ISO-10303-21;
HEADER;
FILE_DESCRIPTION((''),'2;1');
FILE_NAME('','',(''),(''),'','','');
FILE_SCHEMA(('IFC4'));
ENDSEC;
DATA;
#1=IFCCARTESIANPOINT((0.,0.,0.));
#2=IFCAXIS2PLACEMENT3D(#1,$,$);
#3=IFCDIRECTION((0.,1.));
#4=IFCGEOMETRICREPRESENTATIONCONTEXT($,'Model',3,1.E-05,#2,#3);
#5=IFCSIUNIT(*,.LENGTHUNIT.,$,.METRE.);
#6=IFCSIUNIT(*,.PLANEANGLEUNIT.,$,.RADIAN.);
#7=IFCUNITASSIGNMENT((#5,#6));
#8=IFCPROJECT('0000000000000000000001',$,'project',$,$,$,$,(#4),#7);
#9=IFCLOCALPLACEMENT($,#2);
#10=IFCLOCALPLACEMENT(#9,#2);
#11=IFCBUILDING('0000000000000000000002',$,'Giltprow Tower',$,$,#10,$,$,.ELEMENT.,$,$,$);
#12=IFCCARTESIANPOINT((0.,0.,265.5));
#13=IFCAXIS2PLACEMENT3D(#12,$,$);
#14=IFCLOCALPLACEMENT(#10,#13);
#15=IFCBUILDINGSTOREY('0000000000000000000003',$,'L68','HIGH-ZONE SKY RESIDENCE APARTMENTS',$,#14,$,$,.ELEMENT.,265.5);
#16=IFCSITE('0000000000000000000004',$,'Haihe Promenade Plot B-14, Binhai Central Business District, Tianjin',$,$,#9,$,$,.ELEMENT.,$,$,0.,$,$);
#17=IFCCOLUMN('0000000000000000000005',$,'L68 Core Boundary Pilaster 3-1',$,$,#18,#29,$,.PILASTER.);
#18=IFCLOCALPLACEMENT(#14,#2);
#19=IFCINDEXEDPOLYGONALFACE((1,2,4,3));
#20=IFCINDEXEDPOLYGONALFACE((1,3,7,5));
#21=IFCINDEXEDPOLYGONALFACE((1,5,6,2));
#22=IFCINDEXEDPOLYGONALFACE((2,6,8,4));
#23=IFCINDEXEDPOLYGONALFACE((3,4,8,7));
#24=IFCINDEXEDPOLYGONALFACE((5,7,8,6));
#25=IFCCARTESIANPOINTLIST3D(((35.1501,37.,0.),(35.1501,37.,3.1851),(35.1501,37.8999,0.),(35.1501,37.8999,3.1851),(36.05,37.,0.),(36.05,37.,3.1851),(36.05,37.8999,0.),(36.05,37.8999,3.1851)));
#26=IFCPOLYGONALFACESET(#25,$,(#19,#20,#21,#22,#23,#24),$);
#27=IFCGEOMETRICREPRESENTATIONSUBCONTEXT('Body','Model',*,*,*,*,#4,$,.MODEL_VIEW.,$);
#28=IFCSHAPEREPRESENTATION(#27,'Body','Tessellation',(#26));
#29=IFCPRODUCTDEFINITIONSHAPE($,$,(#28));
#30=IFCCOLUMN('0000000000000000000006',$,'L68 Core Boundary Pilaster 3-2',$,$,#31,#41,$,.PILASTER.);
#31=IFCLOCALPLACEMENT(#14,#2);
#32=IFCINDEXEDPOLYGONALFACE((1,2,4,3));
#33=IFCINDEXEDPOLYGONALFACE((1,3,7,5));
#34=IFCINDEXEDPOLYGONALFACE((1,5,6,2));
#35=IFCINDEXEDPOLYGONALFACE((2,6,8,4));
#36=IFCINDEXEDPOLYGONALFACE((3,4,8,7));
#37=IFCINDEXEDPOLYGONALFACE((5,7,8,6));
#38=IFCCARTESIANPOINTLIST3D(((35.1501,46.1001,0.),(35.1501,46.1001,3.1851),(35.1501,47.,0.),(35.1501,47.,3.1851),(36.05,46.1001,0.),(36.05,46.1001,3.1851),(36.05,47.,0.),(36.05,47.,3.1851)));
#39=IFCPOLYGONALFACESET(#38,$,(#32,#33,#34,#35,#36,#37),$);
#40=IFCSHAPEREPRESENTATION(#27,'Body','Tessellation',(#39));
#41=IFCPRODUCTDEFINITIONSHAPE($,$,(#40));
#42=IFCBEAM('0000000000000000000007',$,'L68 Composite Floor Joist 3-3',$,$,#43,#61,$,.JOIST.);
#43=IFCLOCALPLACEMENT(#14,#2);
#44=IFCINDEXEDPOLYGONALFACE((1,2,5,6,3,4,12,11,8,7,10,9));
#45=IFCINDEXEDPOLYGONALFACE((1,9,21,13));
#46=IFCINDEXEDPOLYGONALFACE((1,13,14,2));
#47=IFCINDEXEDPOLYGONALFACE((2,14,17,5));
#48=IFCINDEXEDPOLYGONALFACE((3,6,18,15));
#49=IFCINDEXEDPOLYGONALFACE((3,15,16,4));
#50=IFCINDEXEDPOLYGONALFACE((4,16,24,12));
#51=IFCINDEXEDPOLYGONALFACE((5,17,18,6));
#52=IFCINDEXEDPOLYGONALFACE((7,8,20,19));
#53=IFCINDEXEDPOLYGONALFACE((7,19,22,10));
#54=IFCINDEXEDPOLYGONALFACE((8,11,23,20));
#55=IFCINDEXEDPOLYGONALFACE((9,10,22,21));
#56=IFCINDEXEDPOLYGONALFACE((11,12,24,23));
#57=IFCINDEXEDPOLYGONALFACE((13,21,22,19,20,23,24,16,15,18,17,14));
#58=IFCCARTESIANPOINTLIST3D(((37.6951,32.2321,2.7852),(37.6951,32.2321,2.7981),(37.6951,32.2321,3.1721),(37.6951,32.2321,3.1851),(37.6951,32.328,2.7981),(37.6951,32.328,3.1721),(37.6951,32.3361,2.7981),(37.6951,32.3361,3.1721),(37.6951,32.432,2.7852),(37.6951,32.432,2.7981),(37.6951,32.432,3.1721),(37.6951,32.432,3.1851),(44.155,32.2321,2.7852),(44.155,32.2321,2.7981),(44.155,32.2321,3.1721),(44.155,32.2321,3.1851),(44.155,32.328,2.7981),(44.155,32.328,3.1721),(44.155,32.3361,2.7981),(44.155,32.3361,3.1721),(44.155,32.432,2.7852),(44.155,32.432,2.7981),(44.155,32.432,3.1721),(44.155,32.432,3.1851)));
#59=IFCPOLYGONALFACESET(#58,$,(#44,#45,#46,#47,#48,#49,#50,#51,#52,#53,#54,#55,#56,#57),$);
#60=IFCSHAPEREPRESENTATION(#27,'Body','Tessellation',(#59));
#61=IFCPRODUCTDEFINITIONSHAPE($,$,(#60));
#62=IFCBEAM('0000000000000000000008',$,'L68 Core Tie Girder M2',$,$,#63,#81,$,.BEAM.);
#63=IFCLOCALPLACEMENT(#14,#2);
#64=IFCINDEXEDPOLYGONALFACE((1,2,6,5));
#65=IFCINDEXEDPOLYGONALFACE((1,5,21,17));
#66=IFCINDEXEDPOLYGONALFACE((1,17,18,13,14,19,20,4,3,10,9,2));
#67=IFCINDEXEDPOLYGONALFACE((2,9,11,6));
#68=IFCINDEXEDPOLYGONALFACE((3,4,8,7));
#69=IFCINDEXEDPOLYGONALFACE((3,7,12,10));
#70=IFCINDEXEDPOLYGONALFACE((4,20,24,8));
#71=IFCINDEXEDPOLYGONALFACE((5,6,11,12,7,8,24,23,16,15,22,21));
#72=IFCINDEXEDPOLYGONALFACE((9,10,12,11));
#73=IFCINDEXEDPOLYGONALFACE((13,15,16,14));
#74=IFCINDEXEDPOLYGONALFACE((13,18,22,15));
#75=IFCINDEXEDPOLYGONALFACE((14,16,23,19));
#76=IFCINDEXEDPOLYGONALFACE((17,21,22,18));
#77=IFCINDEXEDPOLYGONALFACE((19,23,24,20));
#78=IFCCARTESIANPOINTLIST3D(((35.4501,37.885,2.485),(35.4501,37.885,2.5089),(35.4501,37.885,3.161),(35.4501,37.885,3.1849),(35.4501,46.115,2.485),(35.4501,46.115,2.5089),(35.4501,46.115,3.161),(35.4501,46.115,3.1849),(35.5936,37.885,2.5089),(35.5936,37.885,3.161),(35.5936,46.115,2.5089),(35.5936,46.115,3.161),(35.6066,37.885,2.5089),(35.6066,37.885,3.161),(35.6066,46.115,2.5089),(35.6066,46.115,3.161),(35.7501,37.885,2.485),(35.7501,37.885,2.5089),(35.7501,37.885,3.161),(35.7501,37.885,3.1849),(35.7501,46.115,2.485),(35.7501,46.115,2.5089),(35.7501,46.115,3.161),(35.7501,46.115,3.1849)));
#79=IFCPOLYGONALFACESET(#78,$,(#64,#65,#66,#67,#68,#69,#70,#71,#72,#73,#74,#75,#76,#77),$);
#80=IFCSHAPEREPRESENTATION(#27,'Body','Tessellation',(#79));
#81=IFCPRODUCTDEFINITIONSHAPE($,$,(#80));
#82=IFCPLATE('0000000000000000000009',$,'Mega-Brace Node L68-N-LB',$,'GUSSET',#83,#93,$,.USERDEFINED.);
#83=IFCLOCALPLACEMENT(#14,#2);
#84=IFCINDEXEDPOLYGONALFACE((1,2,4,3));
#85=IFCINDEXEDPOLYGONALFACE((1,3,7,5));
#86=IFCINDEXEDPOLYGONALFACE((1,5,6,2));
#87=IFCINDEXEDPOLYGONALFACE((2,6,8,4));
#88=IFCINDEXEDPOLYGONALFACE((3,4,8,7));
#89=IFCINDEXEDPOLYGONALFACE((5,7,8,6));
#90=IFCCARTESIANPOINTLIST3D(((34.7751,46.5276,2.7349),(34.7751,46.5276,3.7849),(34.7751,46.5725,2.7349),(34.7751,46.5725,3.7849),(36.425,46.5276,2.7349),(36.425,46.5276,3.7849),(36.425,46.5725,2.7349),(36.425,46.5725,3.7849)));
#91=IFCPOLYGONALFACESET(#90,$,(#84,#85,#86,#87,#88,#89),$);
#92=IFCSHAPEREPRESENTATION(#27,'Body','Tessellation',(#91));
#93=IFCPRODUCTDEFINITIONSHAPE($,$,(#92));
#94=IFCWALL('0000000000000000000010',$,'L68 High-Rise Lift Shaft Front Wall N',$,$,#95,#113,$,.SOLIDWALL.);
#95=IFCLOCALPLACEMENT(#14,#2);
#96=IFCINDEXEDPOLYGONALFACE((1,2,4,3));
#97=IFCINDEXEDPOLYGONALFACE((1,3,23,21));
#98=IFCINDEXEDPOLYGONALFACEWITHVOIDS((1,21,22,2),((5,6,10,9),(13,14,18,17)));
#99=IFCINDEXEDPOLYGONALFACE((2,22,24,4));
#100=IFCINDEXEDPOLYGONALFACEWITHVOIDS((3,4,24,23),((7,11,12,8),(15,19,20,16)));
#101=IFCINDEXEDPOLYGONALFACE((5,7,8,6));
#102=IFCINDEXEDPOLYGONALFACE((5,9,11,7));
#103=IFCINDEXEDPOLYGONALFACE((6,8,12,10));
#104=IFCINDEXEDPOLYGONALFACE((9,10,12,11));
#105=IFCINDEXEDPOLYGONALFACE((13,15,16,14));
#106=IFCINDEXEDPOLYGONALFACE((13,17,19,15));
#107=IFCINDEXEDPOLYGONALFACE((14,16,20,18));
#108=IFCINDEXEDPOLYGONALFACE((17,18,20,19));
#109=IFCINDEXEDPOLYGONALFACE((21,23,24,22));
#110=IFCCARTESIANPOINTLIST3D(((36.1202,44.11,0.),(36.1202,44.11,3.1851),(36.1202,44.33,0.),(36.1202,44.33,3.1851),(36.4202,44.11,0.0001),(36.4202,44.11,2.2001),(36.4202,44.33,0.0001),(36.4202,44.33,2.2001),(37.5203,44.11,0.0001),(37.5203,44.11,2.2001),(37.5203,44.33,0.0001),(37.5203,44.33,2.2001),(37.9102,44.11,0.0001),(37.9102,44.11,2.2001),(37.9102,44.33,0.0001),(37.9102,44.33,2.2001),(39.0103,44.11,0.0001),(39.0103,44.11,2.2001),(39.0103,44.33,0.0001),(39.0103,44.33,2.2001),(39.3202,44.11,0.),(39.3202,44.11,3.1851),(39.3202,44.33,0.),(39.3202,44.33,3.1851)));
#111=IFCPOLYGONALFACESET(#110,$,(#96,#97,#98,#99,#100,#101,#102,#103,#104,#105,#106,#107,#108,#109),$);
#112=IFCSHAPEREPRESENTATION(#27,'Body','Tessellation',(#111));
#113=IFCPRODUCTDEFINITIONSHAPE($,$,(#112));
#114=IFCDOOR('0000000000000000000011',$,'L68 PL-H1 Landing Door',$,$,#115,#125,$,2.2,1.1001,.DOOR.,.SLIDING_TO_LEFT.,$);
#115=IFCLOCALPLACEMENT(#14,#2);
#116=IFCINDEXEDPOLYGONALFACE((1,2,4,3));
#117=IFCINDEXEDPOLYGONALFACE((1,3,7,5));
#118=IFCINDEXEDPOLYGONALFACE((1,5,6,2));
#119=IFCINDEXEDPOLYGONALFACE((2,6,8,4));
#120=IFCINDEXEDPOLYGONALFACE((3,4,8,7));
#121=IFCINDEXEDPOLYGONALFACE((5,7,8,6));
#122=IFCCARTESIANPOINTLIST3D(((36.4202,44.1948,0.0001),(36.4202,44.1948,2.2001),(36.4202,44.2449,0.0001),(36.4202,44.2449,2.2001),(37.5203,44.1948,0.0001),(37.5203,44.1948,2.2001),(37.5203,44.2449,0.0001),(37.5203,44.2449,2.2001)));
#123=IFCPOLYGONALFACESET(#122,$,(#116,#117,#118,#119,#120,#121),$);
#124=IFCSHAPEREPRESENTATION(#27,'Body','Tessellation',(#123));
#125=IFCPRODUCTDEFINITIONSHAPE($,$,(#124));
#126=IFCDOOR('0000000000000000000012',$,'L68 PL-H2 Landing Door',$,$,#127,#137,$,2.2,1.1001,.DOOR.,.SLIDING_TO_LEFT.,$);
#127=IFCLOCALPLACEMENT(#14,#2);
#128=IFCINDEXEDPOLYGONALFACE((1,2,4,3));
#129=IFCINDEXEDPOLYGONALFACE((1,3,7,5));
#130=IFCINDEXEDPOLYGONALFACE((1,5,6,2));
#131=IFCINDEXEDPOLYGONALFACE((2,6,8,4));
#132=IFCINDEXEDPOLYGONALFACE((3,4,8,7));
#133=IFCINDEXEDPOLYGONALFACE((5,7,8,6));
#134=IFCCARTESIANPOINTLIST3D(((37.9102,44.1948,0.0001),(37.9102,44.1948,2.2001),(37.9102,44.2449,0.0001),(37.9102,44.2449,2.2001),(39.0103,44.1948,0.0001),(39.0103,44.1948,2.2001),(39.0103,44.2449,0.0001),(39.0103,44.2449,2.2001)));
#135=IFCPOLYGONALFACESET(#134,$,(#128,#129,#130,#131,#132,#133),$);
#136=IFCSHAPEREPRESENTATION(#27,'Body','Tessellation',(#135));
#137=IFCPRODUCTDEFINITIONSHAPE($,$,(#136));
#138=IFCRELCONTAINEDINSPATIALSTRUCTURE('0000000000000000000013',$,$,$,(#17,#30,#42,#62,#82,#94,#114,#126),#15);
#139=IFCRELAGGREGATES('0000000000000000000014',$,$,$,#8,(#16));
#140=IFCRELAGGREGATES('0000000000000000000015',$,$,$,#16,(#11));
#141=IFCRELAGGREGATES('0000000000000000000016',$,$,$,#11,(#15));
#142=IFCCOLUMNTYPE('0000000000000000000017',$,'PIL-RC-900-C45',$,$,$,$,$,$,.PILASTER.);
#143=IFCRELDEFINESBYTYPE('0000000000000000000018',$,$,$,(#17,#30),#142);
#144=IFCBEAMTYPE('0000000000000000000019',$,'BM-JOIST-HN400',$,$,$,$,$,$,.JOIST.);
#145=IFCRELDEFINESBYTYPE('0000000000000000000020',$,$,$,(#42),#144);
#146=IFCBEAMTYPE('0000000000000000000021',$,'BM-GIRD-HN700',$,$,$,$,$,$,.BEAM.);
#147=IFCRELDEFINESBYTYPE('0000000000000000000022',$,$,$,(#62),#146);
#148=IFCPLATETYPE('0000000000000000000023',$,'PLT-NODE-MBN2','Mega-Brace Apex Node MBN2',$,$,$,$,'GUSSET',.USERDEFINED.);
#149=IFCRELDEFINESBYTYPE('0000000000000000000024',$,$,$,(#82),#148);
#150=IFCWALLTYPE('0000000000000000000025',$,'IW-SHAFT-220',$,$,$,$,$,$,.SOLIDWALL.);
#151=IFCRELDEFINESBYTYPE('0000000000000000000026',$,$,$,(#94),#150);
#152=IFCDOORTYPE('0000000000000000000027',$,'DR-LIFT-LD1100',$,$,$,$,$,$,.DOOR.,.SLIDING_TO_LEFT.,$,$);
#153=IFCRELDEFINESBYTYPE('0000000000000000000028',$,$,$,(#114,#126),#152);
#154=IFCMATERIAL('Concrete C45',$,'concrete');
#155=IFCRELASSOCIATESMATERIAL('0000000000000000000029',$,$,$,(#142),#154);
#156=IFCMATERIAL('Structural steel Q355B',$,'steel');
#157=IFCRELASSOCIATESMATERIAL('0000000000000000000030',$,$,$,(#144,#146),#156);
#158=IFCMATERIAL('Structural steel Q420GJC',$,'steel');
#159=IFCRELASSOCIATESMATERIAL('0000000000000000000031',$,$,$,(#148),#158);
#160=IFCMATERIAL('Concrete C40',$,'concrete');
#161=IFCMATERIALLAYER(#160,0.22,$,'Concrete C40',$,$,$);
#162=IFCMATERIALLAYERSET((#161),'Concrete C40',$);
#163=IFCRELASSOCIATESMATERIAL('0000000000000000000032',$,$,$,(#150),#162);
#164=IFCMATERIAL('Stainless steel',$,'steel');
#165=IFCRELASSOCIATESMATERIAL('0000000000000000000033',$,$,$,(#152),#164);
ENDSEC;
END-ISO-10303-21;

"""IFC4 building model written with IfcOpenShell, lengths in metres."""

from ifc_helpers import new_model, si_unit, direction, frame, frame_2d, origin, origin_2d, place, context, subcontext, project, spatial, rectangle, i_section, extrude, source, transform, mapped, material, layer, layer_set, material_profile, profile_set, type_object, element, fill, save


model = new_model("IFC4")

# Units and contexts
model_context = context("Model", 3, precision=1e-05, world=origin(), true_north=direction((0.0, 1.0)))
body_context = subcontext(model_context, "Body", "Model", "MODEL_VIEW")
ifc_project = project(units=[si_unit("LENGTHUNIT", "METRE"), si_unit("PLANEANGLEUNIT", "RADIAN")], contexts=[model_context])

# Site, building, storey
site_placement = place(None, origin())
site = spatial("IfcSite", under=ifc_project, at=site_placement, Name="Haihe Promenade Plot B-14, Binhai Central Business District, Tianjin", CompositionType="ELEMENT", RefElevation=0.0)
building_placement = place(site_placement, origin())
building = spatial("IfcBuilding", under=site, at=building_placement, Name="Giltprow Tower", CompositionType="ELEMENT")
storey_placement = place(building_placement, frame((0.0, 0.0, 265.5)))
storey = spatial("IfcBuildingStorey", under=building, at=storey_placement, Name="L68", Description="HIGH-ZONE SKY RESIDENCE APARTMENTS", CompositionType="ELEMENT", Elevation=265.5)

# Columns
ifc_material_1 = material(Name="Concrete C45", Category="concrete")
ifc_material_profile_1 = material_profile(ifc_material_1, rectangle(XDim=0.8999, YDim=0.8999, at=origin_2d()), Name="RC 900x900")
ifc_profile_set_1 = profile_set([ifc_material_profile_1], Name="Concrete C45")
column_type = type_object("IfcColumnType", Name="PIL-RC-900-C45", PredefinedType="PILASTER", material=ifc_profile_set_1)
shared_shape_1 = source(origin(), body_context, "Body", "SweptSolid", [
    extrude(rectangle(XDim=0.8999, YDim=0.8999, at=origin_2d()), origin(), (0.0, 0.0, 1.0), 3.1851),
])
for number, where, z_axis, x_axis, name in (
    (1, (35.6001, 37.45, 0.0), (0.0, 0.0, 1.0), (1.0, 0.0, 0.0), "L68 Core Boundary Pilaster 3-1"),
    (2, (35.6001, 46.55, 0.0), (0.0, 0.0, 1.0), (1.0, 0.0, 0.0), "L68 Core Boundary Pilaster 3-2"),
):
    element("IfcColumn", number, at=place(storey_placement, frame(where, z_axis=z_axis, x_axis=x_axis)), inside=storey, type_object=column_type, Name=name, PredefinedType="PILASTER", context=body_context, shape_type="MappedRepresentation", body=[
        mapped(shared_shape_1, transform((0.0, 0.0, 0.0), x_axis=(1.0, 0.0, 0.0), y_axis=(0.0, 1.0, 0.0), z_axis=(0.0, 0.0, 1.0), scale=1.0)),
    ])

# Beams
ifc_material_2 = material(Name="Structural steel Q355B", Category="steel")
ifc_material_profile_2 = material_profile(ifc_material_2, i_section(OverallWidth=0.2, OverallDepth=0.3999, WebThickness=0.0081, FlangeThickness=0.0129, at=origin_2d()), Name="HN 400x200x8x13")
ifc_profile_set_2 = profile_set([ifc_material_profile_2], Name="Structural steel Q355B")
beam_type_1 = type_object("IfcBeamType", Name="BM-JOIST-HN400", PredefinedType="JOIST", material=ifc_profile_set_2)
shared_shape_2 = source(origin(), body_context, "Body", "SweptSolid", [
    extrude(i_section(OverallWidth=0.2, OverallDepth=0.3999, WebThickness=0.0081, FlangeThickness=0.0129, at=origin_2d()), origin(), (0.0, 0.0, 1.0), 6.46),
])
beam_1_placement = place(storey_placement, frame((37.6951, 32.332, 2.9851), z_axis=(1.0, 0.0, 0.0), x_axis=(0.0, 1.0, 0.0)))
element("IfcBeam", 3, at=beam_1_placement, inside=storey, type_object=beam_type_1, Name="L68 Composite Floor Joist 3-3", PredefinedType="JOIST", context=body_context, shape_type="MappedRepresentation", body=[
    mapped(shared_shape_2, transform((0.0, 0.0, 0.0), x_axis=(1.0, 0.0, 0.0), y_axis=(0.0, 1.0, 0.0), z_axis=(0.0, 0.0, 1.0), scale=1.0)),
])
ifc_material_profile_3 = material_profile(ifc_material_2, i_section(OverallWidth=0.3, OverallDepth=0.7, WebThickness=0.0129, FlangeThickness=0.0239, at=origin_2d()), Name="HN 700x300x13x24")
ifc_profile_set_3 = profile_set([ifc_material_profile_3], Name="Structural steel Q355B")
beam_type_2 = type_object("IfcBeamType", Name="BM-GIRD-HN700", PredefinedType="BEAM", material=ifc_profile_set_3)
shared_shape_3 = source(origin(), body_context, "Body", "SweptSolid", [
    extrude(i_section(OverallWidth=0.3, OverallDepth=0.7, WebThickness=0.0129, FlangeThickness=0.0239, at=origin_2d()), origin(), (0.0, 0.0, 1.0), 8.23),
])
beam_2_placement = place(storey_placement, frame((35.6001, 37.885, 2.835), z_axis=(0.0, 1.0, 0.0), x_axis=(-1.0, 0.0, 0.0)))
element("IfcBeam", 4, at=beam_2_placement, inside=storey, type_object=beam_type_2, Name="L68 Core Tie Girder M2", PredefinedType="BEAM", context=body_context, shape_type="MappedRepresentation", body=[
    mapped(shared_shape_3, transform((0.0, 0.0, 0.0), x_axis=(1.0, 0.0, 0.0), y_axis=(0.0, 1.0, 0.0), z_axis=(0.0, 0.0, 1.0), scale=1.0)),
])

# Plate
ifc_material_3 = material(Name="Structural steel Q420GJC", Category="steel")
plate_type = type_object("IfcPlateType", Name="PLT-NODE-MBN2", Description="Mega-Brace Apex Node MBN2", ElementType="GUSSET", PredefinedType="USERDEFINED", material=ifc_material_3)
shared_shape_4 = source(origin(), body_context, "Body", "SweptSolid", [
    extrude(rectangle(XDim=1.6499, YDim=0.0449, at=origin_2d()), origin(), (0.0, 0.0, 1.0), 1.05),
])
plate_placement = place(storey_placement, frame((35.6001, 46.55, 2.7349), z_axis=(0.0, 0.0, 1.0), x_axis=(1.0, 0.0, 0.0)))
element("IfcPlate", 5, at=plate_placement, inside=storey, type_object=plate_type, Name="Mega-Brace Node L68-N-LB", ObjectType="GUSSET", PredefinedType="USERDEFINED", context=body_context, shape_type="MappedRepresentation", body=[
    mapped(shared_shape_4, transform((0.0, 0.0, 0.0), x_axis=(1.0, 0.0, 0.0), y_axis=(0.0, 1.0, 0.0), z_axis=(0.0, 0.0, 1.0), scale=1.0)),
])

# Wall, openings, doors
ifc_material_4 = material(Name="Concrete C40", Category="concrete")
ifc_layer_1 = layer(ifc_material_4, 0.22, Name="Concrete C40")
ifc_layer_set_1 = layer_set([ifc_layer_1], Name="Concrete C40")
wall_type_1 = type_object("IfcWallType", Name="IW-SHAFT-220", PredefinedType="SOLIDWALL", material=ifc_layer_set_1)
wall_1_placement = place(storey_placement, frame((36.1201, 44.22, 0.0), z_axis=(0.0, 0.0, 1.0), x_axis=(1.0, 0.0, 0.0)))
wall_1 = element("IfcWall", 6, at=wall_1_placement, inside=storey, type_object=wall_type_1, Name="L68 High-Rise Lift Shaft Front Wall N", PredefinedType="SOLIDWALL", context=body_context, shape_type="SweptSolid", body=[
    extrude(rectangle(XDim=3.2, YDim=0.22, at=frame_2d((1.6001, 0.0))), origin(), (0.0, 0.0, 1.0), 3.1851),
])
opening_1_placement = place(wall_1_placement, frame((0.3, 0.0, 0.0)))
opening_1 = element("IfcOpeningElement", 7, at=opening_1_placement, cuts=wall_1, PredefinedType="OPENING", context=body_context, shape_type="SweptSolid", body=[
    extrude(rectangle(XDim=1.1001, YDim=2.2, at=frame_2d((0.55, 1.1001))), frame((0.0, 0.1199, 0.0), z_axis=(0.0, -1.0, 0.0), x_axis=(1.0, 0.0, 0.0)), (0.0, 0.0, 1.0), 0.24),
])
opening_2_placement = place(wall_1_placement, frame((1.79, 0.0, 0.0)))
opening_2 = element("IfcOpeningElement", 8, at=opening_2_placement, cuts=wall_1, PredefinedType="OPENING", context=body_context, shape_type="SweptSolid", body=[
    extrude(rectangle(XDim=1.1001, YDim=2.2, at=frame_2d((0.55, 1.1001))), frame((0.0, 0.1199, 0.0), z_axis=(0.0, -1.0, 0.0), x_axis=(1.0, 0.0, 0.0)), (0.0, 0.0, 1.0), 0.24),
])
ifc_material_5 = material(Name="Stainless steel", Category="steel")
door_type_1 = type_object("IfcDoorType", Name="DR-LIFT-LD1100", OperationType="SLIDING_TO_LEFT", PredefinedType="DOOR", material=ifc_material_5)
shared_shape_5 = source(origin(), body_context, "Body", "SweptSolid", [
    extrude(rectangle(XDim=1.1001, YDim=2.2, at=frame_2d((0.55, 1.1001))), frame((0.0, 0.0249, 0.0), z_axis=(0.0, -1.0, 0.0), x_axis=(1.0, 0.0, 0.0)), (0.0, 0.0, 1.0), 0.05),
])
door_1_placement = place(opening_1_placement, origin())
door_1 = element("IfcDoor", 9, at=door_1_placement, inside=storey, type_object=door_type_1, Name="L68 PL-H1 Landing Door", OperationType="SLIDING_TO_LEFT", OverallHeight=2.2, OverallWidth=1.1001, PredefinedType="DOOR", context=body_context, shape_type="MappedRepresentation", body=[
    mapped(shared_shape_5, transform((0.0, 0.0, 0.0), x_axis=(1.0, 0.0, 0.0), y_axis=(0.0, 1.0, 0.0), z_axis=(0.0, 0.0, 1.0), scale=1.0)),
])
fill(opening_1, door_1)
door_2_placement = place(opening_2_placement, origin())
door_2 = element("IfcDoor", 10, at=door_2_placement, inside=storey, type_object=door_type_1, Name="L68 PL-H2 Landing Door", OperationType="SLIDING_TO_LEFT", OverallHeight=2.2, OverallWidth=1.1001, PredefinedType="DOOR", context=body_context, shape_type="MappedRepresentation", body=[
    mapped(shared_shape_5, transform((0.0, 0.0, 0.0), x_axis=(1.0, 0.0, 0.0), y_axis=(0.0, 1.0, 0.0), z_axis=(0.0, 0.0, 1.0), scale=1.0)),
])
fill(opening_2, door_2)

save(model, "model.ifc")
